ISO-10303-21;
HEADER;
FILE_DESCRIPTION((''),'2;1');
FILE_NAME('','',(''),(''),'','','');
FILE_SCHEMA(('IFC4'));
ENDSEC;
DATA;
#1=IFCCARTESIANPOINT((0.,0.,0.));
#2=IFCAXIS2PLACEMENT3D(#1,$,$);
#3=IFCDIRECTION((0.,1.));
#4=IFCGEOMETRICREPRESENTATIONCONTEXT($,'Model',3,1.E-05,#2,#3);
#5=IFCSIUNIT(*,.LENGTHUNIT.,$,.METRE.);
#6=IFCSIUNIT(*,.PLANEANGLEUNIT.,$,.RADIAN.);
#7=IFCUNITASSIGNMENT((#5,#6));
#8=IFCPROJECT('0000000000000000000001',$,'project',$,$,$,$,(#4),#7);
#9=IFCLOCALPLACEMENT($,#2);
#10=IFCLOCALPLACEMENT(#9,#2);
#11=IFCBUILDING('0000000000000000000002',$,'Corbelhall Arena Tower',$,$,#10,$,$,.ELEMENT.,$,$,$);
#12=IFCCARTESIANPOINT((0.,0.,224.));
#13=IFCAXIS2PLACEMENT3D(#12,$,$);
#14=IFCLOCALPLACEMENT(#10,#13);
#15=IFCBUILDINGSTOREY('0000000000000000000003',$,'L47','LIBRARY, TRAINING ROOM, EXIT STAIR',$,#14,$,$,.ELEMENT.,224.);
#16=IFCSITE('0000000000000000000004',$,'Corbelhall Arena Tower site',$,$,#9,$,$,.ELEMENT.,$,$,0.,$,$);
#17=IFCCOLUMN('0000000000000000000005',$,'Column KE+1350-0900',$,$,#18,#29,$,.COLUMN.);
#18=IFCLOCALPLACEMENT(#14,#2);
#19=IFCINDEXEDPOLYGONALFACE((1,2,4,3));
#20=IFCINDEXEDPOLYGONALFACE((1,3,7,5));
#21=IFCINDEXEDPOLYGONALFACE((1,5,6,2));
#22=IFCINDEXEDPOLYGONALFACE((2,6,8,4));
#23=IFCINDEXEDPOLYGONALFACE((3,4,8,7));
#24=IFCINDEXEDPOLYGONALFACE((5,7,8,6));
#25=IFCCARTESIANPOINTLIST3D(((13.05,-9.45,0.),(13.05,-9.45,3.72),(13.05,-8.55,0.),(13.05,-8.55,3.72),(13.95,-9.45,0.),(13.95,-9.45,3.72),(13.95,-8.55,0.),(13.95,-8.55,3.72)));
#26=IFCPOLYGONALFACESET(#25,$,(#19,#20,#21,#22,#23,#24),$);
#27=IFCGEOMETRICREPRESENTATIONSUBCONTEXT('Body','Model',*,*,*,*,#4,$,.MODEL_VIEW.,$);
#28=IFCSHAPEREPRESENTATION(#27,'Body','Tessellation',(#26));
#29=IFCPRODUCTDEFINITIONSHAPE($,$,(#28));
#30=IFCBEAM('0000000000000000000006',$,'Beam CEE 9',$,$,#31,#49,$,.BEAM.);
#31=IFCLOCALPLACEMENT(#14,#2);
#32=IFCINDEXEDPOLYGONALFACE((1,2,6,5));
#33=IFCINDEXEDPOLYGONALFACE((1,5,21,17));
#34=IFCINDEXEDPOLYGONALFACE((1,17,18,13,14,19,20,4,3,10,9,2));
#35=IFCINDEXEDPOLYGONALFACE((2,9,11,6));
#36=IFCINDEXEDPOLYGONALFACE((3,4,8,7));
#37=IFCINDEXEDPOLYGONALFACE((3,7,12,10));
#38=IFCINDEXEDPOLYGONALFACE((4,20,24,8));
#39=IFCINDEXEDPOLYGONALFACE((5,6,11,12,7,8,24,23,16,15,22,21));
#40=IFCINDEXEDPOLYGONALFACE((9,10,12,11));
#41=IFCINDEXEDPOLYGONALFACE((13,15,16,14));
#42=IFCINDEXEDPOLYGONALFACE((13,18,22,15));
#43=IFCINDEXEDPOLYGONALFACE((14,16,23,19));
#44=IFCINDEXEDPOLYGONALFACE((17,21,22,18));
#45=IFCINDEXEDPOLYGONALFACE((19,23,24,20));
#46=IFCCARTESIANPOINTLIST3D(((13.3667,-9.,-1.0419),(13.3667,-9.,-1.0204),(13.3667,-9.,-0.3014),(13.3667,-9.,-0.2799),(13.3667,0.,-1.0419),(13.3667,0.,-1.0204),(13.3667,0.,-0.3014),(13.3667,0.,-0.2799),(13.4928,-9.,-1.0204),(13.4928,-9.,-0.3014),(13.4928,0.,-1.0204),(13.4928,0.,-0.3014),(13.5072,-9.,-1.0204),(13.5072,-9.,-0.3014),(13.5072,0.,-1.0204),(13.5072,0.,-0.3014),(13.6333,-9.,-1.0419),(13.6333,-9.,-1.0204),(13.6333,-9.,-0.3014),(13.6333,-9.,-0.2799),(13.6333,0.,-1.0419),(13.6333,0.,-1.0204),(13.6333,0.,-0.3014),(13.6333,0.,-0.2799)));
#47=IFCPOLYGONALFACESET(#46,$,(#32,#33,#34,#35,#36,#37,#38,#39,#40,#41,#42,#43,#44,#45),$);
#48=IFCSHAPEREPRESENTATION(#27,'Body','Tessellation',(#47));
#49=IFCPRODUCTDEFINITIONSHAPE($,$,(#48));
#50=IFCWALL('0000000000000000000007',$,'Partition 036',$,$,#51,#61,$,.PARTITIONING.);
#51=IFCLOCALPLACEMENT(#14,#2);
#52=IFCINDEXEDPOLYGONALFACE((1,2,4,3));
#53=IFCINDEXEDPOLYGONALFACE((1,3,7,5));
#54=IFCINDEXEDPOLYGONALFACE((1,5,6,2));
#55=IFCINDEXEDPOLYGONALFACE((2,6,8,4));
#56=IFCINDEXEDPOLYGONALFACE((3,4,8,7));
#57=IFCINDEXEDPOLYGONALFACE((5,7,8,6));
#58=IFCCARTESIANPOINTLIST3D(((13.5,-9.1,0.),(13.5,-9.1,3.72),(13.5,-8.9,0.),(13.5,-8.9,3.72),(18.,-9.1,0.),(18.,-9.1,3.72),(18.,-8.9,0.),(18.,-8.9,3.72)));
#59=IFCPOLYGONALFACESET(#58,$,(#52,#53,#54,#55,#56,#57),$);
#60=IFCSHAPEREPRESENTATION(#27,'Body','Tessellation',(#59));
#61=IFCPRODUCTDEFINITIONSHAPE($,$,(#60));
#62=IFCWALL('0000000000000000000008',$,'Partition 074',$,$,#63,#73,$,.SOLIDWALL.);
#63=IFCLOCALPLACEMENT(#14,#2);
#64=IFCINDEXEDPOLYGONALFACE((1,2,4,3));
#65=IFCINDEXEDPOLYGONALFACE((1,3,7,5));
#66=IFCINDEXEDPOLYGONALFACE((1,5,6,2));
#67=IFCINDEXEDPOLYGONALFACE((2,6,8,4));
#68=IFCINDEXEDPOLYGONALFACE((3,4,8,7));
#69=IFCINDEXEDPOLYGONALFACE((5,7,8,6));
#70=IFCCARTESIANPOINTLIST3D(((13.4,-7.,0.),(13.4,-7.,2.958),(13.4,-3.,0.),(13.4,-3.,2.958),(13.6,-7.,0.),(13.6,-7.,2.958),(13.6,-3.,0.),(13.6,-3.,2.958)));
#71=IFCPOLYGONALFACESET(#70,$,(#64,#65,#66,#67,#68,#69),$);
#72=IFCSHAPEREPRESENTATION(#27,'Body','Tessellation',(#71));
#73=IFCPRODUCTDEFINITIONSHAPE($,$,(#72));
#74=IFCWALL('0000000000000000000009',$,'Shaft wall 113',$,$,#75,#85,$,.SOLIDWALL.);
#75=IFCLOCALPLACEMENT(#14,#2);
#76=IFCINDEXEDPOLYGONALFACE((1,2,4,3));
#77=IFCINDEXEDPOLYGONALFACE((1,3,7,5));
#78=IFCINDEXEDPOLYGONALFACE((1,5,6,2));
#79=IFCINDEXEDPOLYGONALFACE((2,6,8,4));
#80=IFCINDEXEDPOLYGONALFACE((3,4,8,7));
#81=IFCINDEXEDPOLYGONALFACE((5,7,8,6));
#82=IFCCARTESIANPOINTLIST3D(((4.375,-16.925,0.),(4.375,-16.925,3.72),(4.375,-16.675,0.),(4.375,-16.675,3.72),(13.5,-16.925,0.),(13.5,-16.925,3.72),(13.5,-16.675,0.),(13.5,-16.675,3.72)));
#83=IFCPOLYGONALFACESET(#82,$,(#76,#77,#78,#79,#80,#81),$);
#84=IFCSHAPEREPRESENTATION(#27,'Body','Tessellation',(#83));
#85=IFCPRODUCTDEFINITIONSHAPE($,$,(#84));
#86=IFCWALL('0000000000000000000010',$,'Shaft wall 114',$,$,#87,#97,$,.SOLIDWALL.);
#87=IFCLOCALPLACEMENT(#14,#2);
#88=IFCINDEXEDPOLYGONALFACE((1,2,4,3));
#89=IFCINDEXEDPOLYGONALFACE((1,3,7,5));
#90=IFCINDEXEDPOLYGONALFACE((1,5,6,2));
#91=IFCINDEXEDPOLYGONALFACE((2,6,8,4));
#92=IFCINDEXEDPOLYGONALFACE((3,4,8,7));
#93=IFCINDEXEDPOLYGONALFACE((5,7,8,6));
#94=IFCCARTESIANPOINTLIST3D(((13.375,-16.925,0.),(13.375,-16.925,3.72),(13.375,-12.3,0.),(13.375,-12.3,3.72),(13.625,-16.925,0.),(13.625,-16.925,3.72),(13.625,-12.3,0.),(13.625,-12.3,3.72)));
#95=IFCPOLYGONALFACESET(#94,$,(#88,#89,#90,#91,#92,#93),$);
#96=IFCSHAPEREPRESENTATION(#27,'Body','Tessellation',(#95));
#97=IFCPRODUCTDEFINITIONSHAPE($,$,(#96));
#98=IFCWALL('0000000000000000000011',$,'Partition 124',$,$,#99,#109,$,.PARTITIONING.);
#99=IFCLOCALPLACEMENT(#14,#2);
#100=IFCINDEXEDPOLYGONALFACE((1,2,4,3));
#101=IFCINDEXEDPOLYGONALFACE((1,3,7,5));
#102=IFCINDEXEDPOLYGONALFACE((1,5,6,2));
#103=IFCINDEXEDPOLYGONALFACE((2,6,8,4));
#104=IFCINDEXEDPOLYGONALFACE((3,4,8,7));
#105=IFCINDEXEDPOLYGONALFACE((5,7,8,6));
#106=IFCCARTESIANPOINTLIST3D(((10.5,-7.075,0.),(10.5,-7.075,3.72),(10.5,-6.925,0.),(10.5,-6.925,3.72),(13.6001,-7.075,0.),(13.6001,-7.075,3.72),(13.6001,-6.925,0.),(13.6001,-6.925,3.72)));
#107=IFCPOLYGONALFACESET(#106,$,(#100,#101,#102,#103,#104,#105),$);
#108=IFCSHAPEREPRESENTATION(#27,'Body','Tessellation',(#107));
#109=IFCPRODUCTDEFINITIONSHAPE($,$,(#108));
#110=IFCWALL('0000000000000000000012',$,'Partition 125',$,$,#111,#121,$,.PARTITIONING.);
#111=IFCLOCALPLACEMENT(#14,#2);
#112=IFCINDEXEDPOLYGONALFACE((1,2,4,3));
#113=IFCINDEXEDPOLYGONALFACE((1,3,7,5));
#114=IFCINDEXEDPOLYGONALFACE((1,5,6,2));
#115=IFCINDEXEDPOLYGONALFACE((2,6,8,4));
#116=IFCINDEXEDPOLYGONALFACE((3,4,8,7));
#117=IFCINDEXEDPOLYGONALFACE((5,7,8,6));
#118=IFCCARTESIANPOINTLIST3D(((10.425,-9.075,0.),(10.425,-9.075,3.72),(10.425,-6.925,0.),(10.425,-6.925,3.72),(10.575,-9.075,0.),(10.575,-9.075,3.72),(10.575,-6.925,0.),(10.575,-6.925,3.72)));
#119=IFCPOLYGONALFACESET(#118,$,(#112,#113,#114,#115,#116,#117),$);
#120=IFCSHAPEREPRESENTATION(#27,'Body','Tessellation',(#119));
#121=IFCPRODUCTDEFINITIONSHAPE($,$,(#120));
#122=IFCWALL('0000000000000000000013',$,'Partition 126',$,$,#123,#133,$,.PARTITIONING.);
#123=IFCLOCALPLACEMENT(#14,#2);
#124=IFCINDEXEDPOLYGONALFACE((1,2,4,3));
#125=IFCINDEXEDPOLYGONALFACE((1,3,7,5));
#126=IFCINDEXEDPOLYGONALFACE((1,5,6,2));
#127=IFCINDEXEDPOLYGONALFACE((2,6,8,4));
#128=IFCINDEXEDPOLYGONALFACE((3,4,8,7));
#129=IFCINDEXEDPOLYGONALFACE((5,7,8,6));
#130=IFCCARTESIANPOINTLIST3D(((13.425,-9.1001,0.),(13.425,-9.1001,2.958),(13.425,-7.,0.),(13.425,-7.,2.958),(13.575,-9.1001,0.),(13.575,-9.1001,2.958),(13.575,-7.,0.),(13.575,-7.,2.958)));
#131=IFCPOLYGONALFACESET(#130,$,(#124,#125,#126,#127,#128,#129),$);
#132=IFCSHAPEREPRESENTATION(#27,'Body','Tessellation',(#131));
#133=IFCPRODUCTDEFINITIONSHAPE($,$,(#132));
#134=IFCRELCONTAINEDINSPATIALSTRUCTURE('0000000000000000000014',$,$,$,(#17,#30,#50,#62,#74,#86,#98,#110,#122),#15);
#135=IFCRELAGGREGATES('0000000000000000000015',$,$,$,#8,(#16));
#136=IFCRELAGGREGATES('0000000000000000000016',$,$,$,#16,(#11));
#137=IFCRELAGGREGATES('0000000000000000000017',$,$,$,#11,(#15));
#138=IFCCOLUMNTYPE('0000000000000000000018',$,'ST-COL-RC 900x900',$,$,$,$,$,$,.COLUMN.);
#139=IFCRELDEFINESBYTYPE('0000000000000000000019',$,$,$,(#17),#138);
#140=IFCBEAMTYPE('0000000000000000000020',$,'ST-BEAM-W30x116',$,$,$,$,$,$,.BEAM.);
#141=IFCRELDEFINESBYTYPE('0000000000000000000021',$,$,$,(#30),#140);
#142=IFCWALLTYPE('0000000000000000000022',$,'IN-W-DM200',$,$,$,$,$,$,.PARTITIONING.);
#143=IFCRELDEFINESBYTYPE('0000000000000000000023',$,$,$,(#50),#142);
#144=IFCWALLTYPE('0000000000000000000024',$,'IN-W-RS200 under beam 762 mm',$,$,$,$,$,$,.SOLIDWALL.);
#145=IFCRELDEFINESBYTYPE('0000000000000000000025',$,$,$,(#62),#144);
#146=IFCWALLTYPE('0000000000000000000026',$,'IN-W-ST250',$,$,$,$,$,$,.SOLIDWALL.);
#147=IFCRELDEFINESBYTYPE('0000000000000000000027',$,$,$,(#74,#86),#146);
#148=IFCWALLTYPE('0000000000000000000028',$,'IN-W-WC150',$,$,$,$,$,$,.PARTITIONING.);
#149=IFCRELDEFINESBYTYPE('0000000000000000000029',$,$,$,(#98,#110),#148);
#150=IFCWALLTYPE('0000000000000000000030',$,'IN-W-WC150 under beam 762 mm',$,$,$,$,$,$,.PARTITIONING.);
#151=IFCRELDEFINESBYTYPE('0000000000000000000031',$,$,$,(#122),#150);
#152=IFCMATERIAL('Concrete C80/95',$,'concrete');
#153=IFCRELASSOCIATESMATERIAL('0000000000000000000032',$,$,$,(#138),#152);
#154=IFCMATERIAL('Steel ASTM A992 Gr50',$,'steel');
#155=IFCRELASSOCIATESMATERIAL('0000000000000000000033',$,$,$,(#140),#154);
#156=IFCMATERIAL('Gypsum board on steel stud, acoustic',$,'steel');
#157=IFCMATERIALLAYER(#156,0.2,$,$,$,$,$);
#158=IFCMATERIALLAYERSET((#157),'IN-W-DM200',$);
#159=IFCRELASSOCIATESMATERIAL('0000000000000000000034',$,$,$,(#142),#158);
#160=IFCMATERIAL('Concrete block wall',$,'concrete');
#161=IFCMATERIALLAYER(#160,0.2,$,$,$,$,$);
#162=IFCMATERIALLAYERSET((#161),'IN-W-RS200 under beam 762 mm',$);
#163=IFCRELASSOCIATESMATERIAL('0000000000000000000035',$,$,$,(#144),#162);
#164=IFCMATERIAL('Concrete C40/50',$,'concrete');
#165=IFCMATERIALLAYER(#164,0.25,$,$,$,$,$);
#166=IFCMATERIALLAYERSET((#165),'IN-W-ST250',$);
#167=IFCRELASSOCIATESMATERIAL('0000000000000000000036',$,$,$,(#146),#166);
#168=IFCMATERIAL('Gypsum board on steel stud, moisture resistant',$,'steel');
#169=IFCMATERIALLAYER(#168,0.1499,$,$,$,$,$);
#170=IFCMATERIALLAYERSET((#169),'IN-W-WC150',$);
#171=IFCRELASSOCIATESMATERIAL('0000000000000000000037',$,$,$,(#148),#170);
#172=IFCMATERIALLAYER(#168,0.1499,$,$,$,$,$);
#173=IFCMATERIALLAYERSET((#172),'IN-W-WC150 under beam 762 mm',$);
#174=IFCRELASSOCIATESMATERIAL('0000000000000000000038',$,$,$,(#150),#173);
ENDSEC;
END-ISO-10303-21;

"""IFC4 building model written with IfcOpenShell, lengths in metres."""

from ifc_helpers import new_model, si_unit, direction, frame, frame_2d, origin, origin_2d, place, context, subcontext, project, spatial, rectangle, i_section, extrude, material, layer, layer_set, material_profile, profile_set, type_object, element, save


model = new_model("IFC4")

# Units and contexts
model_context = context("Model", 3, precision=1e-05, world=origin(), true_north=direction((0.0, 1.0)))
body_context = subcontext(model_context, "Body", "Model", "MODEL_VIEW")
ifc_project = project(units=[si_unit("LENGTHUNIT", "METRE"), si_unit("PLANEANGLEUNIT", "RADIAN")], contexts=[model_context])

# Site, building, storey
site_placement = place(None, origin())
site = spatial("IfcSite", under=ifc_project, at=site_placement, Name="Corbelhall Arena Tower site", CompositionType="ELEMENT", RefElevation=0.0)
building_placement = place(site_placement, origin())
building = spatial("IfcBuilding", under=site, at=building_placement, Name="Corbelhall Arena Tower", CompositionType="ELEMENT")
storey_placement = place(building_placement, frame((0.0, 0.0, 224.0)))
storey = spatial("IfcBuildingStorey", under=building, at=storey_placement, Name="L47", Description="LIBRARY, TRAINING ROOM, EXIT STAIR", CompositionType="ELEMENT", Elevation=224.0)

# Column
ifc_material_1 = material(Name="Concrete C80/95", Category="concrete")
ifc_material_profile_1 = material_profile(ifc_material_1, rectangle(XDim=0.8999, YDim=0.8999, at=origin_2d()))
ifc_profile_set_1 = profile_set([ifc_material_profile_1], Name="Concrete C80/95")
column_type = type_object("IfcColumnType", Name="ST-COL-RC 900x900", PredefinedType="COLUMN", material=ifc_profile_set_1)
column_placement = place(storey_placement, frame((13.5, -9.0, 0.0), z_axis=(0.0, 0.0, 1.0), x_axis=(1.0, 0.0, 0.0)))
element("IfcColumn", 1, at=column_placement, inside=storey, type_object=column_type, Name="Column KE+1350-0900", PredefinedType="COLUMN", context=body_context, shape_type="SweptSolid", body=[
    extrude(rectangle(XDim=0.8999, YDim=0.8999, at=origin_2d()), origin(), (0.0, 0.0, 1.0), 3.72),
])

# Beam
ifc_material_2 = material(Name="Steel ASTM A992 Gr50", Category="steel")
ifc_material_profile_2 = material_profile(ifc_material_2, i_section(OverallWidth=0.2666, OverallDepth=0.762, WebThickness=0.0144, FlangeThickness=0.0215, at=origin_2d()))
ifc_profile_set_2 = profile_set([ifc_material_profile_2], Name="Steel ASTM A992 Gr50")
beam_type = type_object("IfcBeamType", Name="ST-BEAM-W30x116", PredefinedType="BEAM", material=ifc_profile_set_2)
beam_placement = place(storey_placement, frame((13.5, -9.0, -0.6609), z_axis=(0.0, 1.0, 0.0), x_axis=(-1.0, 0.0, 0.0)))
element("IfcBeam", 2, at=beam_placement, inside=storey, type_object=beam_type, Name="Beam CEE 9", PredefinedType="BEAM", context=body_context, shape_type="SweptSolid", body=[
    extrude(i_section(OverallWidth=0.2666, OverallDepth=0.762, WebThickness=0.0144, FlangeThickness=0.0215, at=origin_2d()), origin(), (0.0, 0.0, 1.0), 9.0),
])

# Wall
ifc_material_3 = material(Name="Gypsum board on steel stud, acoustic", Category="steel")
ifc_layer_1 = layer(ifc_material_3, 0.2)
ifc_layer_set_1 = layer_set([ifc_layer_1], Name="IN-W-DM200")
wall_type_1 = type_object("IfcWallType", Name="IN-W-DM200", PredefinedType="PARTITIONING", material=ifc_layer_set_1)
wall_1_placement = place(storey_placement, frame((13.5, -9.0, 0.0), z_axis=(0.0, 0.0, 1.0), x_axis=(1.0, 0.0, 0.0)))
element("IfcWall", 3, at=wall_1_placement, inside=storey, type_object=wall_type_1, Name="Partition 036", PredefinedType="PARTITIONING", context=body_context, shape_type="SweptSolid", body=[
    extrude(rectangle(XDim=4.5, YDim=0.2, at=frame_2d((2.25, 0.0))), origin(), (0.0, 0.0, 1.0), 3.72),
])

# Shared definitions
ifc_material_4 = material(Name="Concrete block wall", Category="concrete")

# Walls
ifc_layer_2 = layer(ifc_material_4, 0.2)
ifc_layer_set_2 = layer_set([ifc_layer_2], Name="IN-W-RS200 under beam 762 mm")
wall_type_2 = type_object("IfcWallType", Name="IN-W-RS200 under beam 762 mm", PredefinedType="SOLIDWALL", material=ifc_layer_set_2)
wall_2_placement = place(storey_placement, frame((13.5, -3.0, 0.0), z_axis=(0.0, 0.0, 1.0), x_axis=(0.0, -1.0, 0.0)))
element("IfcWall", 4, at=wall_2_placement, inside=storey, type_object=wall_type_2, Name="Partition 074", PredefinedType="SOLIDWALL", context=body_context, shape_type="SweptSolid", body=[
    extrude(rectangle(XDim=4.0, YDim=0.2, at=frame_2d((2.0, 0.0))), origin(), (0.0, 0.0, 1.0), 2.958),
])
ifc_material_5 = material(Name="Concrete C40/50", Category="concrete")
ifc_layer_3 = layer(ifc_material_5, 0.25)
ifc_layer_set_3 = layer_set([ifc_layer_3], Name="IN-W-ST250")
wall_type_3 = type_object("IfcWallType", Name="IN-W-ST250", PredefinedType="SOLIDWALL", material=ifc_layer_set_3)
wall_3_placement = place(storey_placement, frame((13.5, -16.8, 0.0), z_axis=(0.0, 0.0, 1.0), x_axis=(-1.0, 0.0, 0.0)))
element("IfcWall", 5, at=wall_3_placement, inside=storey, type_object=wall_type_3, Name="Shaft wall 113", PredefinedType="SOLIDWALL", context=body_context, shape_type="SweptSolid", body=[
    extrude(rectangle(XDim=9.125, YDim=0.25, at=frame_2d((4.5625, 0.0))), origin(), (0.0, 0.0, 1.0), 3.72),
])
wall_4_placement = place(storey_placement, frame((13.5, -12.3, 0.0), z_axis=(0.0, 0.0, 1.0), x_axis=(0.0, -1.0, 0.0)))
element("IfcWall", 6, at=wall_4_placement, inside=storey, type_object=wall_type_3, Name="Shaft wall 114", PredefinedType="SOLIDWALL", context=body_context, shape_type="SweptSolid", body=[
    extrude(rectangle(XDim=4.625, YDim=0.25, at=frame_2d((2.3125, 0.0))), origin(), (0.0, 0.0, 1.0), 3.72),
])
ifc_material_6 = material(Name="Gypsum board on steel stud, moisture resistant", Category="steel")
ifc_layer_4 = layer(ifc_material_6, 0.1499)
ifc_layer_set_4 = layer_set([ifc_layer_4], Name="IN-W-WC150")
wall_type_4 = type_object("IfcWallType", Name="IN-W-WC150", PredefinedType="PARTITIONING", material=ifc_layer_set_4)
wall_5_placement = place(storey_placement, frame((10.5, -7.0, 0.0), z_axis=(0.0, 0.0, 1.0), x_axis=(1.0, 0.0, 0.0)))
element("IfcWall", 7, at=wall_5_placement, inside=storey, type_object=wall_type_4, Name="Partition 124", PredefinedType="PARTITIONING", context=body_context, shape_type="SweptSolid", body=[
    extrude(rectangle(XDim=3.1001, YDim=0.1499, at=frame_2d((1.55, 0.0))), origin(), (0.0, 0.0, 1.0), 3.72),
])
wall_6_placement = place(storey_placement, frame((10.5, -6.925, 0.0), z_axis=(0.0, 0.0, 1.0), x_axis=(0.0, -1.0, 0.0)))
element("IfcWall", 8, at=wall_6_placement, inside=storey, type_object=wall_type_4, Name="Partition 125", PredefinedType="PARTITIONING", context=body_context, shape_type="SweptSolid", body=[
    extrude(rectangle(XDim=2.1499, YDim=0.1499, at=frame_2d((1.075, 0.0))), origin(), (0.0, 0.0, 1.0), 3.72),
])
ifc_layer_5 = layer(ifc_material_6, 0.1499)
ifc_layer_set_5 = layer_set([ifc_layer_5], Name="IN-W-WC150 under beam 762 mm")
wall_type_5 = type_object("IfcWallType", Name="IN-W-WC150 under beam 762 mm", PredefinedType="PARTITIONING", material=ifc_layer_set_5)
wall_7_placement = place(storey_placement, frame((13.5, -7.0, 0.0), z_axis=(0.0, 0.0, 1.0), x_axis=(0.0, -1.0, 0.0)))
element("IfcWall", 9, at=wall_7_placement, inside=storey, type_object=wall_type_5, Name="Partition 126", PredefinedType="PARTITIONING", context=body_context, shape_type="SweptSolid", body=[
    extrude(rectangle(XDim=2.1001, YDim=0.1499, at=frame_2d((1.05, 0.0))), origin(), (0.0, 0.0, 1.0), 2.958),
])

save(model, "model.ifc")
